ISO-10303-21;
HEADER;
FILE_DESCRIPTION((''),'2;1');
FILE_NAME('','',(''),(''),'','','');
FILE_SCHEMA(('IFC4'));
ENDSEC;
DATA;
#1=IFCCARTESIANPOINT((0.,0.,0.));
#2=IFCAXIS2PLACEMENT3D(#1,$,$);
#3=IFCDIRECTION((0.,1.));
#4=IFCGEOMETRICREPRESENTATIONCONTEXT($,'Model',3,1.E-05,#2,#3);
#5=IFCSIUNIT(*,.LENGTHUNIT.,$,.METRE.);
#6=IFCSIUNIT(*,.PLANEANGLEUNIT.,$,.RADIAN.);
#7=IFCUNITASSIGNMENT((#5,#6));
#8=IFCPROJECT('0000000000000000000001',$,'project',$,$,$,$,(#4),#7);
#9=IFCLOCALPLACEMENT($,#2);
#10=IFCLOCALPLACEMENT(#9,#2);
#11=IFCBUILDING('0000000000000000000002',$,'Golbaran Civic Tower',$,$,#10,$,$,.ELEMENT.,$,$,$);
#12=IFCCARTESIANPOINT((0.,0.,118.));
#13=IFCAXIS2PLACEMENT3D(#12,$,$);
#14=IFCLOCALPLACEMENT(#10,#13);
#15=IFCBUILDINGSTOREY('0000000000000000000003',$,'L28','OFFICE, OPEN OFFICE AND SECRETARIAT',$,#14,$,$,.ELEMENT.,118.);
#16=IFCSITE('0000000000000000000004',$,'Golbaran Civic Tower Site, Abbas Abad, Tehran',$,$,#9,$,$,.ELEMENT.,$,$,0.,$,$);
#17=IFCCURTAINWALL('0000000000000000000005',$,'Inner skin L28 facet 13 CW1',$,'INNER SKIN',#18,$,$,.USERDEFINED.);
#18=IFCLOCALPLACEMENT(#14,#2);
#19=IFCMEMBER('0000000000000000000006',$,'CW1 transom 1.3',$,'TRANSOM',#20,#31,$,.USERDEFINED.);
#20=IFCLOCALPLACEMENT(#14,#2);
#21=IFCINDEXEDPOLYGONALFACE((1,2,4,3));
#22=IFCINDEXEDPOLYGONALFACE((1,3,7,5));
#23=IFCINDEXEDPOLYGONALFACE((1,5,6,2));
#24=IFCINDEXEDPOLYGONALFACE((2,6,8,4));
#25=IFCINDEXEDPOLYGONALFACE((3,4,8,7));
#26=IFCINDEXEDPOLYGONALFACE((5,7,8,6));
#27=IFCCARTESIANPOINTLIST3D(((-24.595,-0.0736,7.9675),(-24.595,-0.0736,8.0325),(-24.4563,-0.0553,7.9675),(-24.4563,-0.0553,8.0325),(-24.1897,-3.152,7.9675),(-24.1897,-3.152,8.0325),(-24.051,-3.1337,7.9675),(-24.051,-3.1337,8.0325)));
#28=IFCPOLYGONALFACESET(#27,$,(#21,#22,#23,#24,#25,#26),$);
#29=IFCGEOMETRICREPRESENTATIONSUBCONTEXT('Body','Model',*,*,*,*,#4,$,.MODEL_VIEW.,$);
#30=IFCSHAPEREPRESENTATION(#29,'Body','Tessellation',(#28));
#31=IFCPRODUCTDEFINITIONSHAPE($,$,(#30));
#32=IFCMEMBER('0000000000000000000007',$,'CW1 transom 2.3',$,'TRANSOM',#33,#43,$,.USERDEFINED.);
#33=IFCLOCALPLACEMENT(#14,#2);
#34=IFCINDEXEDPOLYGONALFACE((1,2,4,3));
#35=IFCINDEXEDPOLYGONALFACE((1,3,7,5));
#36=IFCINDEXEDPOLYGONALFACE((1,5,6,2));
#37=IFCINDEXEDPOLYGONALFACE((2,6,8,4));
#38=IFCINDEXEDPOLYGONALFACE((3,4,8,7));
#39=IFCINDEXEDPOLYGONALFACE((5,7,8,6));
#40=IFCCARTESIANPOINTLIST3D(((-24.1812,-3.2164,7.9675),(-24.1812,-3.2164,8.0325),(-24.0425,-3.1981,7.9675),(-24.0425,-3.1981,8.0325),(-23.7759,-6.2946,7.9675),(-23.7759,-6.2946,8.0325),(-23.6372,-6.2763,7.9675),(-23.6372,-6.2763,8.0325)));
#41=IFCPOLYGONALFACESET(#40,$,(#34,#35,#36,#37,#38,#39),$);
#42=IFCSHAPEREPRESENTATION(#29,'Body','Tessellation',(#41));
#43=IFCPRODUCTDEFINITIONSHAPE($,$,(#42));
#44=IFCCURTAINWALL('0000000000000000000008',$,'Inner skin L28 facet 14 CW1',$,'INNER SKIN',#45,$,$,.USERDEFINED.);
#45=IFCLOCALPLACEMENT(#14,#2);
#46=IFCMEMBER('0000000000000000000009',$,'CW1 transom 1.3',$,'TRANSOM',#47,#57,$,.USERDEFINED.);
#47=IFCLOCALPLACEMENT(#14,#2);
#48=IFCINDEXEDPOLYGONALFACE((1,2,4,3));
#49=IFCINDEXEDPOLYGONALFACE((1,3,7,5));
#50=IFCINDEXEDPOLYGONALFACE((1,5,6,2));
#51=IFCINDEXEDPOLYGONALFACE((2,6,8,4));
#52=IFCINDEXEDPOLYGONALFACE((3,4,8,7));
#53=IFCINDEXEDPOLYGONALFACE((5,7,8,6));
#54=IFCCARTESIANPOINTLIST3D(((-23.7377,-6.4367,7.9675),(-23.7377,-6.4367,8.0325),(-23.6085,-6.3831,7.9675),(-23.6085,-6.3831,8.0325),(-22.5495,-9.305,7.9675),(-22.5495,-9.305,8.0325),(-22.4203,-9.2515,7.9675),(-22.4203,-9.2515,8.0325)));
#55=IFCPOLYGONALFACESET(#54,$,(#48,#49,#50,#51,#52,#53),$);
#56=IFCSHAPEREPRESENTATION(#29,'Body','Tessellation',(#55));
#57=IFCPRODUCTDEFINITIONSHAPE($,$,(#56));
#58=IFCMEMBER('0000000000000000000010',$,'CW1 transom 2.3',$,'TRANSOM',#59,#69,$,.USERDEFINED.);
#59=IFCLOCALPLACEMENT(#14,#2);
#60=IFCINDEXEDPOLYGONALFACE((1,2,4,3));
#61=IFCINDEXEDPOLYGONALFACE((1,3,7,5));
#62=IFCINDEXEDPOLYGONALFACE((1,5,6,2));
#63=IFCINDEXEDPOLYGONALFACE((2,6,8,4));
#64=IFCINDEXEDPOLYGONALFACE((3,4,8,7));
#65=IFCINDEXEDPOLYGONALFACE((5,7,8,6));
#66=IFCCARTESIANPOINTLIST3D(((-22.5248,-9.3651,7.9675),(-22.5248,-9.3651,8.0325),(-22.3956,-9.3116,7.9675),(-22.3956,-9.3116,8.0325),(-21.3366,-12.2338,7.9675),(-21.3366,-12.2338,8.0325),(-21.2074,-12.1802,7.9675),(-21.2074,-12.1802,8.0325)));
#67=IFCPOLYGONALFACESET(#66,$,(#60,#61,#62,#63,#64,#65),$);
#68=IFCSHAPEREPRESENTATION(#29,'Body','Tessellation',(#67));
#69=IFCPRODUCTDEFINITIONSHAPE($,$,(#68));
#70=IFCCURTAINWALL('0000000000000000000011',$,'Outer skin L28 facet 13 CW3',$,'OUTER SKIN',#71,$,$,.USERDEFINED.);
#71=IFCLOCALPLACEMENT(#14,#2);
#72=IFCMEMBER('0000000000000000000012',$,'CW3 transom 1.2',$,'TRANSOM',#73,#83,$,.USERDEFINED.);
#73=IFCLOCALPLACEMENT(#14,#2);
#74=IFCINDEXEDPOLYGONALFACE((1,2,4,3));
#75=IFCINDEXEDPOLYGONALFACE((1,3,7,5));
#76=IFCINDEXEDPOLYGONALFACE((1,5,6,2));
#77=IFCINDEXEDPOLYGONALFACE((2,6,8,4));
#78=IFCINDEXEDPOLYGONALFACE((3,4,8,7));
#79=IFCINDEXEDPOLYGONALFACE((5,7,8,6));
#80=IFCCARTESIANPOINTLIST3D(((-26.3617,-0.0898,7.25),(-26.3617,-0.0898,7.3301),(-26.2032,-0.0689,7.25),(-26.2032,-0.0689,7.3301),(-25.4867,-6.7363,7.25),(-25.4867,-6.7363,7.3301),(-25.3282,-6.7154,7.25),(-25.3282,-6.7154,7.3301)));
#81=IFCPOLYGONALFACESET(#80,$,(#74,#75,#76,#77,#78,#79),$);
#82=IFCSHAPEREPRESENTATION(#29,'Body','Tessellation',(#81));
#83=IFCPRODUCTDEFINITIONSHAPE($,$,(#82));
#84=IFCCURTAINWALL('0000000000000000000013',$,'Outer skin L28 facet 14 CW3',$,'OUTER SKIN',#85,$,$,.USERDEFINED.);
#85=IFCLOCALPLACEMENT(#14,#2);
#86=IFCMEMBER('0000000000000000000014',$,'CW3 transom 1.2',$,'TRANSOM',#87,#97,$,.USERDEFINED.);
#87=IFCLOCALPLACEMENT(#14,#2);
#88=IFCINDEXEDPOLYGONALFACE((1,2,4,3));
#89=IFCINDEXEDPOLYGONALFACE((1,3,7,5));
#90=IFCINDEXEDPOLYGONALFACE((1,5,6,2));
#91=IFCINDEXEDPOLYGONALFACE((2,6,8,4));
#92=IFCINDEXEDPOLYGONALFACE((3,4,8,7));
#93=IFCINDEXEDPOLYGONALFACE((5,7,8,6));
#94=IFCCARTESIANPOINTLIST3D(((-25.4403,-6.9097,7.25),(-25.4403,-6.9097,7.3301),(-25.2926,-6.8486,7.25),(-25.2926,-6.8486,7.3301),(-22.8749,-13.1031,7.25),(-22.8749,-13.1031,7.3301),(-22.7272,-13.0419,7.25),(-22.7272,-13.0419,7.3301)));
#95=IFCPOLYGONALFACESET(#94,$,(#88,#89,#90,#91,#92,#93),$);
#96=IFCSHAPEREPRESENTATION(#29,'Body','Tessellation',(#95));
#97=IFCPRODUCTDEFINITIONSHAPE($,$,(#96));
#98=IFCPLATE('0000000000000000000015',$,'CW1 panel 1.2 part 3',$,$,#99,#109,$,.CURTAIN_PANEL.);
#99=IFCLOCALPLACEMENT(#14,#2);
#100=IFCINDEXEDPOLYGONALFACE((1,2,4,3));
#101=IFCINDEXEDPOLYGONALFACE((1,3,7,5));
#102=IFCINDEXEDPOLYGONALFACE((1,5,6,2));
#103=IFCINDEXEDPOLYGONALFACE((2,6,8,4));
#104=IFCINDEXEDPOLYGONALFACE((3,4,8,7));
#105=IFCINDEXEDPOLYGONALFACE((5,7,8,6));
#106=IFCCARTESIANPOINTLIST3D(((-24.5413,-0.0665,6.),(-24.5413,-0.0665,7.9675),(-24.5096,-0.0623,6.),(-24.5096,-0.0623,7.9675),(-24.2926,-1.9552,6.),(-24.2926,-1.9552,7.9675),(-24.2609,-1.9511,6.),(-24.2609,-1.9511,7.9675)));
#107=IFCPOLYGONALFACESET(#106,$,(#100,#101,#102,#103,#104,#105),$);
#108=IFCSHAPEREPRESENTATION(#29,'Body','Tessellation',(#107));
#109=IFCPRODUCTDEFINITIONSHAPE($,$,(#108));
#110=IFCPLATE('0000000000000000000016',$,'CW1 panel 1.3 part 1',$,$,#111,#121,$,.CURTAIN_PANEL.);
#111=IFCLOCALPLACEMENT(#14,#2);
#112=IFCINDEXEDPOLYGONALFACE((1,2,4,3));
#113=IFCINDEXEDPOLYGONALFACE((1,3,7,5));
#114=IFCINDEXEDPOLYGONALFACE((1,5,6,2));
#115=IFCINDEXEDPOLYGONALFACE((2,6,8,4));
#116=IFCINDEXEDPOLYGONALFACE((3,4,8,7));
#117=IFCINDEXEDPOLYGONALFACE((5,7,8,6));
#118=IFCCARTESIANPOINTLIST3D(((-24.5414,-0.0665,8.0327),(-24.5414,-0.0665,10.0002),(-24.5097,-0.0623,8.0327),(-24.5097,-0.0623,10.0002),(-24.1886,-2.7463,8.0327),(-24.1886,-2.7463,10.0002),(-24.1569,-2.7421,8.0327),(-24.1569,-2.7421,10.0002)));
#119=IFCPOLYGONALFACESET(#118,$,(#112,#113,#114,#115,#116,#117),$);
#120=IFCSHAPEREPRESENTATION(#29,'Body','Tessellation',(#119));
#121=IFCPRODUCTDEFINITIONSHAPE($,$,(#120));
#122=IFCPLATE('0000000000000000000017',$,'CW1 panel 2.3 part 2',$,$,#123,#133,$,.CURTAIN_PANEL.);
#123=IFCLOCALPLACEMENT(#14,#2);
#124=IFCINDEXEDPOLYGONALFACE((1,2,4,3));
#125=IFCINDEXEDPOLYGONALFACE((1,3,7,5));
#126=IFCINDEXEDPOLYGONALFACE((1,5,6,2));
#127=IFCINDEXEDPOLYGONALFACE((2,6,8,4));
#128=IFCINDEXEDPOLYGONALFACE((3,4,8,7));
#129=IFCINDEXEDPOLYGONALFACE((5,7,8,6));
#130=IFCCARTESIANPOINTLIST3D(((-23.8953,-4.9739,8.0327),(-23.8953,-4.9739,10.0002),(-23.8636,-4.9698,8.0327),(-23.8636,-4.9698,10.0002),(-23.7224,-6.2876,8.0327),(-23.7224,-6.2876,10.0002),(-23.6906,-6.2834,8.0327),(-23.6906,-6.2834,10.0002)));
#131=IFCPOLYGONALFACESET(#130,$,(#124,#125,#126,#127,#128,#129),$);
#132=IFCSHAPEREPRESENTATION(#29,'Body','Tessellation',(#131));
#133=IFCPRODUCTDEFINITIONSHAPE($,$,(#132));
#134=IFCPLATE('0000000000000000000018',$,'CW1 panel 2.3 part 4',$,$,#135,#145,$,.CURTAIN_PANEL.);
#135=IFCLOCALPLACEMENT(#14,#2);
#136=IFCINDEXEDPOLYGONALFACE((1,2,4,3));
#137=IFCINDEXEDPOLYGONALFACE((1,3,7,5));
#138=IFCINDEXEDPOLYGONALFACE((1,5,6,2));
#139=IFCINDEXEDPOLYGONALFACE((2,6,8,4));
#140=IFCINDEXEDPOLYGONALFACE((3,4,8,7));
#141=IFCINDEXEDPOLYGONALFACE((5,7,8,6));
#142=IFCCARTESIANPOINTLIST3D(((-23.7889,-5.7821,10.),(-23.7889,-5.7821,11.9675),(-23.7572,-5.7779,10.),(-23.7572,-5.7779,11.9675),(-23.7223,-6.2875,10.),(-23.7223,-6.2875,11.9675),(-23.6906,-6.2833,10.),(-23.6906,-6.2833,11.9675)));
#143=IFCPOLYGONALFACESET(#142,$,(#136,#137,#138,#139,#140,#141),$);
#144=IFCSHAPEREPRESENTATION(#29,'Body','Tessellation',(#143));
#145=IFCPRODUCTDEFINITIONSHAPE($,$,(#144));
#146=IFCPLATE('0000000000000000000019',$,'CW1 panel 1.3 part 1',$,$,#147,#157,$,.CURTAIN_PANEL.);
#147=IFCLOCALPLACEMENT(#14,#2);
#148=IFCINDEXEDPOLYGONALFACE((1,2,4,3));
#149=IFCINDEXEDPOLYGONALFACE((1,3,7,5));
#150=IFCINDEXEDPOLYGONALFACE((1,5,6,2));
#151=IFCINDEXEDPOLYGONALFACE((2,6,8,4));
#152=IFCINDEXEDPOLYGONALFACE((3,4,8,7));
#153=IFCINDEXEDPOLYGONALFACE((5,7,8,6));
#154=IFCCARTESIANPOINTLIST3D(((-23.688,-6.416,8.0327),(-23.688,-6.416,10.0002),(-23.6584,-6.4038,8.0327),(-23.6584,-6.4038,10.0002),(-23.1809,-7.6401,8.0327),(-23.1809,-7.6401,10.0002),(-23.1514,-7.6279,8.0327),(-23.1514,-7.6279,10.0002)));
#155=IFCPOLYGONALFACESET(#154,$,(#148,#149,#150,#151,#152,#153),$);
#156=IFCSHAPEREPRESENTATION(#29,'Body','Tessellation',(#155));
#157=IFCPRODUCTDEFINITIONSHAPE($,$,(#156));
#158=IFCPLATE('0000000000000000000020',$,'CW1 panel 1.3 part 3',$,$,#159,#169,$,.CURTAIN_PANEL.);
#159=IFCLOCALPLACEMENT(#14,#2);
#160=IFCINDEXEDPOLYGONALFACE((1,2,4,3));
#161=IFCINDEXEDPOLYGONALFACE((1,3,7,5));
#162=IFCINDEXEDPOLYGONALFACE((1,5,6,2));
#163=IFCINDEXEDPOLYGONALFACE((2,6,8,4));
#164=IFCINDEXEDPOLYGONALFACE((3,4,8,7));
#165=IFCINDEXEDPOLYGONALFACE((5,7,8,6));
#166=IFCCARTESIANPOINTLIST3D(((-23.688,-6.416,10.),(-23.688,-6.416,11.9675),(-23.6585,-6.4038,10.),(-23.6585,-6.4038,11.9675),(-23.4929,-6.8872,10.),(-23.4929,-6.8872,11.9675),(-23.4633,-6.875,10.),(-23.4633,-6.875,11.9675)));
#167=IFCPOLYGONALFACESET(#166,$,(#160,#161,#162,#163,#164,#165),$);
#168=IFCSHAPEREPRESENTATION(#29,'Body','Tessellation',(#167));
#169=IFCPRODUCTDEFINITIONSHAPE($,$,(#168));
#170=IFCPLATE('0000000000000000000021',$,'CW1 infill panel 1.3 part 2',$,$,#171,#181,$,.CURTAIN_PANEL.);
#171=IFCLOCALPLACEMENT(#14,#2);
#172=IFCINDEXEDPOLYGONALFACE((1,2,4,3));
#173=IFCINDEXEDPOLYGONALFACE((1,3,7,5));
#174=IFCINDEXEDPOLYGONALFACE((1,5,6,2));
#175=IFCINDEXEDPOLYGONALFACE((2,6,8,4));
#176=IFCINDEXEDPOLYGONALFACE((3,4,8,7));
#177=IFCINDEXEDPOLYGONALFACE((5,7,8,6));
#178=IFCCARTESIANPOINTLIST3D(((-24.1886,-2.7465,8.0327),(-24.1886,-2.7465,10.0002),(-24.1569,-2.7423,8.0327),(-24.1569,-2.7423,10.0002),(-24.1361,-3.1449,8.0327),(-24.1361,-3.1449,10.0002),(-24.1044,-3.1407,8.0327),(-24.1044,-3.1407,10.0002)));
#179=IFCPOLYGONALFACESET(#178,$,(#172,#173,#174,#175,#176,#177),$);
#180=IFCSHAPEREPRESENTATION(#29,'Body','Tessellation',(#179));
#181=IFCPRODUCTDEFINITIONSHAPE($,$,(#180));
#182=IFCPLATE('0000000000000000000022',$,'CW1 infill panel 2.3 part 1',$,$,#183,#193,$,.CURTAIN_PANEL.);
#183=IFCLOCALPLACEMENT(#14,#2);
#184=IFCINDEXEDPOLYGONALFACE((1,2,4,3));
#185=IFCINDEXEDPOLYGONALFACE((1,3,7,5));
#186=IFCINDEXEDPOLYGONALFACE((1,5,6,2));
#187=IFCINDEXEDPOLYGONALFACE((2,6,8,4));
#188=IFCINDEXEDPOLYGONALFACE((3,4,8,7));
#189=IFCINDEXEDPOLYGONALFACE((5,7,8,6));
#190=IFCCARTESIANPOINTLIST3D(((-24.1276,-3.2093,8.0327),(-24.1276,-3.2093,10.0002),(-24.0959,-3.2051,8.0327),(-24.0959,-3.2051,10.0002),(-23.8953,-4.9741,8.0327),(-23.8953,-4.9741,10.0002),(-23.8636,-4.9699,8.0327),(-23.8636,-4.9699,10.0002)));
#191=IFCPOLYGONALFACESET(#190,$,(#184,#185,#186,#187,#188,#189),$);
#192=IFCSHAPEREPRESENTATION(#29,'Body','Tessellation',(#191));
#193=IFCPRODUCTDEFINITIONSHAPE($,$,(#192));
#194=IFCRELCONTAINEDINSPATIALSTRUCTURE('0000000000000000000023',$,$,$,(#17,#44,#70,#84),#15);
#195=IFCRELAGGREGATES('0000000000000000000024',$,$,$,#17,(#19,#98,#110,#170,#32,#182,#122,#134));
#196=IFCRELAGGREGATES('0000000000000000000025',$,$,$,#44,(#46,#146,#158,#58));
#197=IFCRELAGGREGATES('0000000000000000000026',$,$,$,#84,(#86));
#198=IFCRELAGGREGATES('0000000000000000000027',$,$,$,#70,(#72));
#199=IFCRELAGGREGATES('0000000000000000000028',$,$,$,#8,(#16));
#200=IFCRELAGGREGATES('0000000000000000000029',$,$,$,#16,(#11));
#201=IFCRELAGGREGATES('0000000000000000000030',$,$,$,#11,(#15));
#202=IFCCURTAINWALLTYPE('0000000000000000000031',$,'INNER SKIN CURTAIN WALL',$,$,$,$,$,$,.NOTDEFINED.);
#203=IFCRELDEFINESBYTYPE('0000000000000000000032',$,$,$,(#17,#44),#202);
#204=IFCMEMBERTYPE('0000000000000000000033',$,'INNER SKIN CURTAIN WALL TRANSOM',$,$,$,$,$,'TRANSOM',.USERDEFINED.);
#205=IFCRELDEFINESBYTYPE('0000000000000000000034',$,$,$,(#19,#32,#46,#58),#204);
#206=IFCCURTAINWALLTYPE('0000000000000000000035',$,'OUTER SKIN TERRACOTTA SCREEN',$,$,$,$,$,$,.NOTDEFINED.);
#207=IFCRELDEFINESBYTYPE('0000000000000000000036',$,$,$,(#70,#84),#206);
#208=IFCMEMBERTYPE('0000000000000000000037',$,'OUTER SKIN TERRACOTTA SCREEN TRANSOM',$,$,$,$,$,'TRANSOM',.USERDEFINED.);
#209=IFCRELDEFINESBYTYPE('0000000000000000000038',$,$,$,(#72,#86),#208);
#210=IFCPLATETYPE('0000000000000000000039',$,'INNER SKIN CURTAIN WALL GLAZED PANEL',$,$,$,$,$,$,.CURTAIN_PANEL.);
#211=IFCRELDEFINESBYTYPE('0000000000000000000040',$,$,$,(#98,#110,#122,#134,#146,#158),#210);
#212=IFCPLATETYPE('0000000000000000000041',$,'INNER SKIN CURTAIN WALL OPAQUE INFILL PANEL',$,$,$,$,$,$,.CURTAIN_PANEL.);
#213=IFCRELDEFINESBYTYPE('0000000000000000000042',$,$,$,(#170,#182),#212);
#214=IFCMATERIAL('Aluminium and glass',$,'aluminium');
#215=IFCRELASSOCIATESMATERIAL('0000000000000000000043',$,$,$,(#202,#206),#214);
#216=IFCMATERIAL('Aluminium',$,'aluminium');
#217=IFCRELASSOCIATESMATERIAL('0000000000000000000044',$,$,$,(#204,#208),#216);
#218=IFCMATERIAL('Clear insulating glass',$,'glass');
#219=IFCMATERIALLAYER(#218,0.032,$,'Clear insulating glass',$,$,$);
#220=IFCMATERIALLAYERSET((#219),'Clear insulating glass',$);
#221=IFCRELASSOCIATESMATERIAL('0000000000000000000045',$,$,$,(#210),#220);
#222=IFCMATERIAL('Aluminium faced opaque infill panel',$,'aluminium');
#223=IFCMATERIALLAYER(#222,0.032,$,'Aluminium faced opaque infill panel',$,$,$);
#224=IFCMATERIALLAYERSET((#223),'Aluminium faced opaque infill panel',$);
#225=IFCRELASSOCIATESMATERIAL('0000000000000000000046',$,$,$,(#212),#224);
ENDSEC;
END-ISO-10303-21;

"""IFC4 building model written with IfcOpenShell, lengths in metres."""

from ifc_helpers import new_model, si_unit, direction, frame, origin, origin_2d, place, context, subcontext, project, spatial, rectangle, extrude, material, layer, layer_set, material_profile, profile_set, type_object, element, aggregate, save


model = new_model("IFC4")

# Units and contexts
model_context = context("Model", 3, precision=1e-05, world=origin(), true_north=direction((0.0, 1.0)))
body_context = subcontext(model_context, "Body", "Model", "MODEL_VIEW")
ifc_project = project(units=[si_unit("LENGTHUNIT", "METRE"), si_unit("PLANEANGLEUNIT", "RADIAN")], contexts=[model_context])

# Site, building, storey
site_placement = place(None, origin())
site = spatial("IfcSite", under=ifc_project, at=site_placement, Name="Golbaran Civic Tower Site, Abbas Abad, Tehran", CompositionType="ELEMENT", RefElevation=0.0)
building_placement = place(site_placement, origin())
building = spatial("IfcBuilding", under=site, at=building_placement, Name="Golbaran Civic Tower", CompositionType="ELEMENT")
storey_placement = place(building_placement, frame((0.0, 0.0, 118.0)))
storey = spatial("IfcBuildingStorey", under=building, at=storey_placement, Name="L28", Description="OFFICE, OPEN OFFICE AND SECRETARIAT", CompositionType="ELEMENT", Elevation=118.0)

# Curtain walls, members
ifc_material_1 = material(Name="Aluminium and glass", Category="aluminium")
curtain_wall_type_1 = type_object("IfcCurtainWallType", Name="INNER SKIN CURTAIN WALL", PredefinedType="NOTDEFINED", material=ifc_material_1)
curtain_wall_1_placement = place(storey_placement, origin())
curtain_wall_1 = element("IfcCurtainWall", 1, at=curtain_wall_1_placement, inside=storey, type_object=curtain_wall_type_1, Name="Inner skin L28 facet 13 CW1", ObjectType="INNER SKIN", PredefinedType="USERDEFINED")
ifc_material_2 = material(Name="Aluminium", Category="aluminium")
ifc_material_profile_1 = material_profile(ifc_material_2, rectangle(XDim=0.1399, YDim=0.0649, at=origin_2d()), Name="INNER SKIN CURTAIN WALL TRANSOM")
ifc_profile_set_1 = profile_set([ifc_material_profile_1], Name="Aluminium")
member_type_1 = type_object("IfcMemberType", Name="INNER SKIN CURTAIN WALL TRANSOM", ElementType="TRANSOM", PredefinedType="USERDEFINED", material=ifc_profile_set_1)
member_1_placement = place(storey_placement, frame((-24.5256, -0.0645, 8.0), z_axis=(0.130526, -0.991445, 0.0), x_axis=(0.991445, 0.130526, 0.0)))
member_1 = element("IfcMember", 2, at=member_1_placement, type_object=member_type_1, Name="CW1 transom 1.3", ObjectType="TRANSOM", PredefinedType="USERDEFINED", context=body_context, shape_type="SweptSolid", body=[
    extrude(rectangle(XDim=0.1399, YDim=0.0649, at=origin_2d()), origin(), (0.0, 0.0, 1.0), 3.105),
])
member_2_placement = place(storey_placement, frame((-24.1118, -3.2073, 8.0), z_axis=(0.130536, -0.991444, 0.0), x_axis=(0.991444, 0.130536, 0.0)))
member_2 = element("IfcMember", 3, at=member_2_placement, type_object=member_type_1, Name="CW1 transom 2.3", ObjectType="TRANSOM", PredefinedType="USERDEFINED", context=body_context, shape_type="SweptSolid", body=[
    extrude(rectangle(XDim=0.1399, YDim=0.0649, at=origin_2d()), origin(), (0.0, 0.0, 1.0), 3.1047),
])
curtain_wall_2_placement = place(storey_placement, origin())
curtain_wall_2 = element("IfcCurtainWall", 4, at=curtain_wall_2_placement, inside=storey, type_object=curtain_wall_type_1, Name="Inner skin L28 facet 14 CW1", ObjectType="INNER SKIN", PredefinedType="USERDEFINED")
member_3_placement = place(storey_placement, frame((-23.6731, -6.4099, 8.0), z_axis=(0.382711, -0.923868, 0.0), x_axis=(0.923868, 0.382711, 0.0)))
member_3 = element("IfcMember", 5, at=member_3_placement, type_object=member_type_1, Name="CW1 transom 1.3", ObjectType="TRANSOM", PredefinedType="USERDEFINED", context=body_context, shape_type="SweptSolid", body=[
    extrude(rectangle(XDim=0.1399, YDim=0.0649, at=origin_2d()), origin(), (0.0, 0.0, 1.0), 3.1047),
])
member_4_placement = place(storey_placement, frame((-22.4602, -9.3384, 8.0), z_axis=(0.382683, -0.92388, 0.0), x_axis=(0.92388, 0.382683, 0.0)))
member_4 = element("IfcMember", 6, at=member_4_placement, type_object=member_type_1, Name="CW1 transom 2.3", ObjectType="TRANSOM", PredefinedType="USERDEFINED", context=body_context, shape_type="SweptSolid", body=[
    extrude(rectangle(XDim=0.1399, YDim=0.0649, at=origin_2d()), origin(), (0.0, 0.0, 1.0), 3.105),
])

# Curtain walls, members
curtain_wall_type_2 = type_object("IfcCurtainWallType", Name="OUTER SKIN TERRACOTTA SCREEN", PredefinedType="NOTDEFINED", material=ifc_material_1)
curtain_wall_3_placement = place(storey_placement, origin())
curtain_wall_3 = element("IfcCurtainWall", 7, at=curtain_wall_3_placement, inside=storey, type_object=curtain_wall_type_2, Name="Outer skin L28 facet 13 CW3", ObjectType="OUTER SKIN", PredefinedType="USERDEFINED")
ifc_material_profile_2 = material_profile(ifc_material_2, rectangle(XDim=0.1599, YDim=0.0801, at=origin_2d()), Name="OUTER SKIN TERRACOTTA SCREEN TRANSOM")
ifc_profile_set_2 = profile_set([ifc_material_profile_2], Name="Aluminium")
member_type_2 = type_object("IfcMemberType", Name="OUTER SKIN TERRACOTTA SCREEN TRANSOM", ElementType="TRANSOM", PredefinedType="USERDEFINED", material=ifc_profile_set_2)
member_5_placement = place(storey_placement, frame((-26.2825, -0.0793, 7.29), z_axis=(0.130522, -0.991445, 0.0), x_axis=(0.991445, 0.130522, 0.0)))
member_5 = element("IfcMember", 8, at=member_5_placement, type_object=member_type_2, Name="CW3 transom 1.2", ObjectType="TRANSOM", PredefinedType="USERDEFINED", context=body_context, shape_type="SweptSolid", body=[
    extrude(rectangle(XDim=0.1599, YDim=0.0801, at=origin_2d()), origin(), (0.0, 0.0, 1.0), 6.7039),
])
curtain_wall_4_placement = place(storey_placement, origin())
curtain_wall_4 = element("IfcCurtainWall", 9, at=curtain_wall_4_placement, inside=storey, type_object=curtain_wall_type_2, Name="Outer skin L28 facet 14 CW3", ObjectType="OUTER SKIN", PredefinedType="USERDEFINED")
member_6_placement = place(storey_placement, frame((-25.3665, -6.8792, 7.29), z_axis=(0.382691, -0.923877, 0.0), x_axis=(0.923877, 0.382691, 0.0)))
member_6 = element("IfcMember", 10, at=member_6_placement, type_object=member_type_2, Name="CW3 transom 1.2", ObjectType="TRANSOM", PredefinedType="USERDEFINED", context=body_context, shape_type="SweptSolid", body=[
    extrude(rectangle(XDim=0.1599, YDim=0.0801, at=origin_2d()), origin(), (0.0, 0.0, 1.0), 6.7036),
])

# Plates
ifc_material_3 = material(Name="Clear insulating glass", Category="glass")
ifc_layer_1 = layer(ifc_material_3, 0.032, Name="Clear insulating glass")
ifc_layer_set_1 = layer_set([ifc_layer_1], Name="Clear insulating glass")
plate_type_1 = type_object("IfcPlateType", Name="INNER SKIN CURTAIN WALL GLAZED PANEL", PredefinedType="CURTAIN_PANEL", material=ifc_layer_set_1)
plate_1_placement = place(storey_placement, frame((-24.4011, -1.0088, 6.0), z_axis=(0.0, 0.0, 1.0), x_axis=(0.130526, -0.991445, 0.0)))
plate_1 = element("IfcPlate", 11, at=plate_1_placement, type_object=plate_type_1, Name="CW1 panel 1.2 part 3", PredefinedType="CURTAIN_PANEL", context=body_context, shape_type="SweptSolid", body=[
    extrude(rectangle(XDim=1.905, YDim=0.032, at=origin_2d()), origin(), (0.0, 0.0, 1.0), 1.9675),
])
plate_2_placement = place(storey_placement, frame((-24.3491, -1.4043, 8.0327), z_axis=(0.0, 0.0, 1.0), x_axis=(0.130526, -0.991445, 0.0)))
plate_2 = element("IfcPlate", 12, at=plate_2_placement, type_object=plate_type_1, Name="CW1 panel 1.3 part 1", PredefinedType="CURTAIN_PANEL", context=body_context, shape_type="SweptSolid", body=[
    extrude(rectangle(XDim=2.7029, YDim=0.032, at=origin_2d()), origin(), (0.0, 0.0, 1.0), 1.9675),
])
plate_3_placement = place(storey_placement, frame((-23.793, -5.6287, 8.0327), z_axis=(0.0, 0.0, 1.0), x_axis=(0.130526, -0.991445, 0.0)))
plate_3 = element("IfcPlate", 13, at=plate_3_placement, type_object=plate_type_1, Name="CW1 panel 2.3 part 2", PredefinedType="CURTAIN_PANEL", context=body_context, shape_type="SweptSolid", body=[
    extrude(rectangle(XDim=1.325, YDim=0.032, at=origin_2d()), origin(), (0.0, 0.0, 1.0), 1.9675),
])
plate_4_placement = place(storey_placement, frame((-23.7397, -6.0327, 10.0), z_axis=(0.0, 0.0, 1.0), x_axis=(0.130526, -0.991445, 0.0)))
plate_4 = element("IfcPlate", 14, at=plate_4_placement, type_object=plate_type_1, Name="CW1 panel 2.3 part 4", PredefinedType="CURTAIN_PANEL", context=body_context, shape_type="SweptSolid", body=[
    extrude(rectangle(XDim=0.5098, YDim=0.032, at=origin_2d()), origin(), (0.0, 0.0, 1.0), 1.9675),
])
plate_5_placement = place(storey_placement, frame((-23.4197, -7.022, 8.0327), z_axis=(0.0, 0.0, 1.0), x_axis=(0.382683, -0.92388, 0.0)))
plate_5 = element("IfcPlate", 15, at=plate_5_placement, type_object=plate_type_1, Name="CW1 panel 1.3 part 1", PredefinedType="CURTAIN_PANEL", context=body_context, shape_type="SweptSolid", body=[
    extrude(rectangle(XDim=1.325, YDim=0.032, at=origin_2d()), origin(), (0.0, 0.0, 1.0), 1.9675),
])
plate_6_placement = place(storey_placement, frame((-23.5757, -6.6455, 10.0), z_axis=(0.0, 0.0, 1.0), x_axis=(0.382683, -0.92388, 0.0)))
plate_6 = element("IfcPlate", 16, at=plate_6_placement, type_object=plate_type_1, Name="CW1 panel 1.3 part 3", PredefinedType="CURTAIN_PANEL", context=body_context, shape_type="SweptSolid", body=[
    extrude(rectangle(XDim=0.51, YDim=0.032, at=origin_2d()), origin(), (0.0, 0.0, 1.0), 1.9675),
])
ifc_material_4 = material(Name="Aluminium faced opaque infill panel", Category="aluminium")
ifc_layer_2 = layer(ifc_material_4, 0.032, Name="Aluminium faced opaque infill panel")
ifc_layer_set_2 = layer_set([ifc_layer_2], Name="Aluminium faced opaque infill panel")
plate_type_2 = type_object("IfcPlateType", Name="INNER SKIN CURTAIN WALL OPAQUE INFILL PANEL", PredefinedType="CURTAIN_PANEL", material=ifc_layer_set_2)
plate_7_placement = place(storey_placement, frame((-24.1465, -2.9436, 8.0327), z_axis=(0.0, 0.0, 1.0), x_axis=(0.130526, -0.991445, 0.0)))
plate_7 = element("IfcPlate", 17, at=plate_7_placement, type_object=plate_type_2, Name="CW1 infill panel 1.3 part 2", PredefinedType="CURTAIN_PANEL", context=body_context, shape_type="SweptSolid", body=[
    extrude(rectangle(XDim=0.4019, YDim=0.032, at=origin_2d()), origin(), (0.0, 0.0, 1.0), 1.9675),
])
plate_8_placement = place(storey_placement, frame((-23.9956, -4.0896, 8.0327), z_axis=(0.0, 0.0, 1.0), x_axis=(0.130526, -0.991445, 0.0)))
plate_8 = element("IfcPlate", 18, at=plate_8_placement, type_object=plate_type_2, Name="CW1 infill panel 2.3 part 1", PredefinedType="CURTAIN_PANEL", context=body_context, shape_type="SweptSolid", body=[
    extrude(rectangle(XDim=1.78, YDim=0.032, at=origin_2d()), origin(), (0.0, 0.0, 1.0), 1.9675),
])
aggregate(curtain_wall_1, [member_1, plate_1, plate_2, plate_7, member_2, plate_8, plate_3, plate_4])
aggregate(curtain_wall_2, [member_3, plate_5, plate_6, member_4])
aggregate(curtain_wall_4, [member_6])
aggregate(curtain_wall_3, [member_5])

save(model, "model.ifc")
